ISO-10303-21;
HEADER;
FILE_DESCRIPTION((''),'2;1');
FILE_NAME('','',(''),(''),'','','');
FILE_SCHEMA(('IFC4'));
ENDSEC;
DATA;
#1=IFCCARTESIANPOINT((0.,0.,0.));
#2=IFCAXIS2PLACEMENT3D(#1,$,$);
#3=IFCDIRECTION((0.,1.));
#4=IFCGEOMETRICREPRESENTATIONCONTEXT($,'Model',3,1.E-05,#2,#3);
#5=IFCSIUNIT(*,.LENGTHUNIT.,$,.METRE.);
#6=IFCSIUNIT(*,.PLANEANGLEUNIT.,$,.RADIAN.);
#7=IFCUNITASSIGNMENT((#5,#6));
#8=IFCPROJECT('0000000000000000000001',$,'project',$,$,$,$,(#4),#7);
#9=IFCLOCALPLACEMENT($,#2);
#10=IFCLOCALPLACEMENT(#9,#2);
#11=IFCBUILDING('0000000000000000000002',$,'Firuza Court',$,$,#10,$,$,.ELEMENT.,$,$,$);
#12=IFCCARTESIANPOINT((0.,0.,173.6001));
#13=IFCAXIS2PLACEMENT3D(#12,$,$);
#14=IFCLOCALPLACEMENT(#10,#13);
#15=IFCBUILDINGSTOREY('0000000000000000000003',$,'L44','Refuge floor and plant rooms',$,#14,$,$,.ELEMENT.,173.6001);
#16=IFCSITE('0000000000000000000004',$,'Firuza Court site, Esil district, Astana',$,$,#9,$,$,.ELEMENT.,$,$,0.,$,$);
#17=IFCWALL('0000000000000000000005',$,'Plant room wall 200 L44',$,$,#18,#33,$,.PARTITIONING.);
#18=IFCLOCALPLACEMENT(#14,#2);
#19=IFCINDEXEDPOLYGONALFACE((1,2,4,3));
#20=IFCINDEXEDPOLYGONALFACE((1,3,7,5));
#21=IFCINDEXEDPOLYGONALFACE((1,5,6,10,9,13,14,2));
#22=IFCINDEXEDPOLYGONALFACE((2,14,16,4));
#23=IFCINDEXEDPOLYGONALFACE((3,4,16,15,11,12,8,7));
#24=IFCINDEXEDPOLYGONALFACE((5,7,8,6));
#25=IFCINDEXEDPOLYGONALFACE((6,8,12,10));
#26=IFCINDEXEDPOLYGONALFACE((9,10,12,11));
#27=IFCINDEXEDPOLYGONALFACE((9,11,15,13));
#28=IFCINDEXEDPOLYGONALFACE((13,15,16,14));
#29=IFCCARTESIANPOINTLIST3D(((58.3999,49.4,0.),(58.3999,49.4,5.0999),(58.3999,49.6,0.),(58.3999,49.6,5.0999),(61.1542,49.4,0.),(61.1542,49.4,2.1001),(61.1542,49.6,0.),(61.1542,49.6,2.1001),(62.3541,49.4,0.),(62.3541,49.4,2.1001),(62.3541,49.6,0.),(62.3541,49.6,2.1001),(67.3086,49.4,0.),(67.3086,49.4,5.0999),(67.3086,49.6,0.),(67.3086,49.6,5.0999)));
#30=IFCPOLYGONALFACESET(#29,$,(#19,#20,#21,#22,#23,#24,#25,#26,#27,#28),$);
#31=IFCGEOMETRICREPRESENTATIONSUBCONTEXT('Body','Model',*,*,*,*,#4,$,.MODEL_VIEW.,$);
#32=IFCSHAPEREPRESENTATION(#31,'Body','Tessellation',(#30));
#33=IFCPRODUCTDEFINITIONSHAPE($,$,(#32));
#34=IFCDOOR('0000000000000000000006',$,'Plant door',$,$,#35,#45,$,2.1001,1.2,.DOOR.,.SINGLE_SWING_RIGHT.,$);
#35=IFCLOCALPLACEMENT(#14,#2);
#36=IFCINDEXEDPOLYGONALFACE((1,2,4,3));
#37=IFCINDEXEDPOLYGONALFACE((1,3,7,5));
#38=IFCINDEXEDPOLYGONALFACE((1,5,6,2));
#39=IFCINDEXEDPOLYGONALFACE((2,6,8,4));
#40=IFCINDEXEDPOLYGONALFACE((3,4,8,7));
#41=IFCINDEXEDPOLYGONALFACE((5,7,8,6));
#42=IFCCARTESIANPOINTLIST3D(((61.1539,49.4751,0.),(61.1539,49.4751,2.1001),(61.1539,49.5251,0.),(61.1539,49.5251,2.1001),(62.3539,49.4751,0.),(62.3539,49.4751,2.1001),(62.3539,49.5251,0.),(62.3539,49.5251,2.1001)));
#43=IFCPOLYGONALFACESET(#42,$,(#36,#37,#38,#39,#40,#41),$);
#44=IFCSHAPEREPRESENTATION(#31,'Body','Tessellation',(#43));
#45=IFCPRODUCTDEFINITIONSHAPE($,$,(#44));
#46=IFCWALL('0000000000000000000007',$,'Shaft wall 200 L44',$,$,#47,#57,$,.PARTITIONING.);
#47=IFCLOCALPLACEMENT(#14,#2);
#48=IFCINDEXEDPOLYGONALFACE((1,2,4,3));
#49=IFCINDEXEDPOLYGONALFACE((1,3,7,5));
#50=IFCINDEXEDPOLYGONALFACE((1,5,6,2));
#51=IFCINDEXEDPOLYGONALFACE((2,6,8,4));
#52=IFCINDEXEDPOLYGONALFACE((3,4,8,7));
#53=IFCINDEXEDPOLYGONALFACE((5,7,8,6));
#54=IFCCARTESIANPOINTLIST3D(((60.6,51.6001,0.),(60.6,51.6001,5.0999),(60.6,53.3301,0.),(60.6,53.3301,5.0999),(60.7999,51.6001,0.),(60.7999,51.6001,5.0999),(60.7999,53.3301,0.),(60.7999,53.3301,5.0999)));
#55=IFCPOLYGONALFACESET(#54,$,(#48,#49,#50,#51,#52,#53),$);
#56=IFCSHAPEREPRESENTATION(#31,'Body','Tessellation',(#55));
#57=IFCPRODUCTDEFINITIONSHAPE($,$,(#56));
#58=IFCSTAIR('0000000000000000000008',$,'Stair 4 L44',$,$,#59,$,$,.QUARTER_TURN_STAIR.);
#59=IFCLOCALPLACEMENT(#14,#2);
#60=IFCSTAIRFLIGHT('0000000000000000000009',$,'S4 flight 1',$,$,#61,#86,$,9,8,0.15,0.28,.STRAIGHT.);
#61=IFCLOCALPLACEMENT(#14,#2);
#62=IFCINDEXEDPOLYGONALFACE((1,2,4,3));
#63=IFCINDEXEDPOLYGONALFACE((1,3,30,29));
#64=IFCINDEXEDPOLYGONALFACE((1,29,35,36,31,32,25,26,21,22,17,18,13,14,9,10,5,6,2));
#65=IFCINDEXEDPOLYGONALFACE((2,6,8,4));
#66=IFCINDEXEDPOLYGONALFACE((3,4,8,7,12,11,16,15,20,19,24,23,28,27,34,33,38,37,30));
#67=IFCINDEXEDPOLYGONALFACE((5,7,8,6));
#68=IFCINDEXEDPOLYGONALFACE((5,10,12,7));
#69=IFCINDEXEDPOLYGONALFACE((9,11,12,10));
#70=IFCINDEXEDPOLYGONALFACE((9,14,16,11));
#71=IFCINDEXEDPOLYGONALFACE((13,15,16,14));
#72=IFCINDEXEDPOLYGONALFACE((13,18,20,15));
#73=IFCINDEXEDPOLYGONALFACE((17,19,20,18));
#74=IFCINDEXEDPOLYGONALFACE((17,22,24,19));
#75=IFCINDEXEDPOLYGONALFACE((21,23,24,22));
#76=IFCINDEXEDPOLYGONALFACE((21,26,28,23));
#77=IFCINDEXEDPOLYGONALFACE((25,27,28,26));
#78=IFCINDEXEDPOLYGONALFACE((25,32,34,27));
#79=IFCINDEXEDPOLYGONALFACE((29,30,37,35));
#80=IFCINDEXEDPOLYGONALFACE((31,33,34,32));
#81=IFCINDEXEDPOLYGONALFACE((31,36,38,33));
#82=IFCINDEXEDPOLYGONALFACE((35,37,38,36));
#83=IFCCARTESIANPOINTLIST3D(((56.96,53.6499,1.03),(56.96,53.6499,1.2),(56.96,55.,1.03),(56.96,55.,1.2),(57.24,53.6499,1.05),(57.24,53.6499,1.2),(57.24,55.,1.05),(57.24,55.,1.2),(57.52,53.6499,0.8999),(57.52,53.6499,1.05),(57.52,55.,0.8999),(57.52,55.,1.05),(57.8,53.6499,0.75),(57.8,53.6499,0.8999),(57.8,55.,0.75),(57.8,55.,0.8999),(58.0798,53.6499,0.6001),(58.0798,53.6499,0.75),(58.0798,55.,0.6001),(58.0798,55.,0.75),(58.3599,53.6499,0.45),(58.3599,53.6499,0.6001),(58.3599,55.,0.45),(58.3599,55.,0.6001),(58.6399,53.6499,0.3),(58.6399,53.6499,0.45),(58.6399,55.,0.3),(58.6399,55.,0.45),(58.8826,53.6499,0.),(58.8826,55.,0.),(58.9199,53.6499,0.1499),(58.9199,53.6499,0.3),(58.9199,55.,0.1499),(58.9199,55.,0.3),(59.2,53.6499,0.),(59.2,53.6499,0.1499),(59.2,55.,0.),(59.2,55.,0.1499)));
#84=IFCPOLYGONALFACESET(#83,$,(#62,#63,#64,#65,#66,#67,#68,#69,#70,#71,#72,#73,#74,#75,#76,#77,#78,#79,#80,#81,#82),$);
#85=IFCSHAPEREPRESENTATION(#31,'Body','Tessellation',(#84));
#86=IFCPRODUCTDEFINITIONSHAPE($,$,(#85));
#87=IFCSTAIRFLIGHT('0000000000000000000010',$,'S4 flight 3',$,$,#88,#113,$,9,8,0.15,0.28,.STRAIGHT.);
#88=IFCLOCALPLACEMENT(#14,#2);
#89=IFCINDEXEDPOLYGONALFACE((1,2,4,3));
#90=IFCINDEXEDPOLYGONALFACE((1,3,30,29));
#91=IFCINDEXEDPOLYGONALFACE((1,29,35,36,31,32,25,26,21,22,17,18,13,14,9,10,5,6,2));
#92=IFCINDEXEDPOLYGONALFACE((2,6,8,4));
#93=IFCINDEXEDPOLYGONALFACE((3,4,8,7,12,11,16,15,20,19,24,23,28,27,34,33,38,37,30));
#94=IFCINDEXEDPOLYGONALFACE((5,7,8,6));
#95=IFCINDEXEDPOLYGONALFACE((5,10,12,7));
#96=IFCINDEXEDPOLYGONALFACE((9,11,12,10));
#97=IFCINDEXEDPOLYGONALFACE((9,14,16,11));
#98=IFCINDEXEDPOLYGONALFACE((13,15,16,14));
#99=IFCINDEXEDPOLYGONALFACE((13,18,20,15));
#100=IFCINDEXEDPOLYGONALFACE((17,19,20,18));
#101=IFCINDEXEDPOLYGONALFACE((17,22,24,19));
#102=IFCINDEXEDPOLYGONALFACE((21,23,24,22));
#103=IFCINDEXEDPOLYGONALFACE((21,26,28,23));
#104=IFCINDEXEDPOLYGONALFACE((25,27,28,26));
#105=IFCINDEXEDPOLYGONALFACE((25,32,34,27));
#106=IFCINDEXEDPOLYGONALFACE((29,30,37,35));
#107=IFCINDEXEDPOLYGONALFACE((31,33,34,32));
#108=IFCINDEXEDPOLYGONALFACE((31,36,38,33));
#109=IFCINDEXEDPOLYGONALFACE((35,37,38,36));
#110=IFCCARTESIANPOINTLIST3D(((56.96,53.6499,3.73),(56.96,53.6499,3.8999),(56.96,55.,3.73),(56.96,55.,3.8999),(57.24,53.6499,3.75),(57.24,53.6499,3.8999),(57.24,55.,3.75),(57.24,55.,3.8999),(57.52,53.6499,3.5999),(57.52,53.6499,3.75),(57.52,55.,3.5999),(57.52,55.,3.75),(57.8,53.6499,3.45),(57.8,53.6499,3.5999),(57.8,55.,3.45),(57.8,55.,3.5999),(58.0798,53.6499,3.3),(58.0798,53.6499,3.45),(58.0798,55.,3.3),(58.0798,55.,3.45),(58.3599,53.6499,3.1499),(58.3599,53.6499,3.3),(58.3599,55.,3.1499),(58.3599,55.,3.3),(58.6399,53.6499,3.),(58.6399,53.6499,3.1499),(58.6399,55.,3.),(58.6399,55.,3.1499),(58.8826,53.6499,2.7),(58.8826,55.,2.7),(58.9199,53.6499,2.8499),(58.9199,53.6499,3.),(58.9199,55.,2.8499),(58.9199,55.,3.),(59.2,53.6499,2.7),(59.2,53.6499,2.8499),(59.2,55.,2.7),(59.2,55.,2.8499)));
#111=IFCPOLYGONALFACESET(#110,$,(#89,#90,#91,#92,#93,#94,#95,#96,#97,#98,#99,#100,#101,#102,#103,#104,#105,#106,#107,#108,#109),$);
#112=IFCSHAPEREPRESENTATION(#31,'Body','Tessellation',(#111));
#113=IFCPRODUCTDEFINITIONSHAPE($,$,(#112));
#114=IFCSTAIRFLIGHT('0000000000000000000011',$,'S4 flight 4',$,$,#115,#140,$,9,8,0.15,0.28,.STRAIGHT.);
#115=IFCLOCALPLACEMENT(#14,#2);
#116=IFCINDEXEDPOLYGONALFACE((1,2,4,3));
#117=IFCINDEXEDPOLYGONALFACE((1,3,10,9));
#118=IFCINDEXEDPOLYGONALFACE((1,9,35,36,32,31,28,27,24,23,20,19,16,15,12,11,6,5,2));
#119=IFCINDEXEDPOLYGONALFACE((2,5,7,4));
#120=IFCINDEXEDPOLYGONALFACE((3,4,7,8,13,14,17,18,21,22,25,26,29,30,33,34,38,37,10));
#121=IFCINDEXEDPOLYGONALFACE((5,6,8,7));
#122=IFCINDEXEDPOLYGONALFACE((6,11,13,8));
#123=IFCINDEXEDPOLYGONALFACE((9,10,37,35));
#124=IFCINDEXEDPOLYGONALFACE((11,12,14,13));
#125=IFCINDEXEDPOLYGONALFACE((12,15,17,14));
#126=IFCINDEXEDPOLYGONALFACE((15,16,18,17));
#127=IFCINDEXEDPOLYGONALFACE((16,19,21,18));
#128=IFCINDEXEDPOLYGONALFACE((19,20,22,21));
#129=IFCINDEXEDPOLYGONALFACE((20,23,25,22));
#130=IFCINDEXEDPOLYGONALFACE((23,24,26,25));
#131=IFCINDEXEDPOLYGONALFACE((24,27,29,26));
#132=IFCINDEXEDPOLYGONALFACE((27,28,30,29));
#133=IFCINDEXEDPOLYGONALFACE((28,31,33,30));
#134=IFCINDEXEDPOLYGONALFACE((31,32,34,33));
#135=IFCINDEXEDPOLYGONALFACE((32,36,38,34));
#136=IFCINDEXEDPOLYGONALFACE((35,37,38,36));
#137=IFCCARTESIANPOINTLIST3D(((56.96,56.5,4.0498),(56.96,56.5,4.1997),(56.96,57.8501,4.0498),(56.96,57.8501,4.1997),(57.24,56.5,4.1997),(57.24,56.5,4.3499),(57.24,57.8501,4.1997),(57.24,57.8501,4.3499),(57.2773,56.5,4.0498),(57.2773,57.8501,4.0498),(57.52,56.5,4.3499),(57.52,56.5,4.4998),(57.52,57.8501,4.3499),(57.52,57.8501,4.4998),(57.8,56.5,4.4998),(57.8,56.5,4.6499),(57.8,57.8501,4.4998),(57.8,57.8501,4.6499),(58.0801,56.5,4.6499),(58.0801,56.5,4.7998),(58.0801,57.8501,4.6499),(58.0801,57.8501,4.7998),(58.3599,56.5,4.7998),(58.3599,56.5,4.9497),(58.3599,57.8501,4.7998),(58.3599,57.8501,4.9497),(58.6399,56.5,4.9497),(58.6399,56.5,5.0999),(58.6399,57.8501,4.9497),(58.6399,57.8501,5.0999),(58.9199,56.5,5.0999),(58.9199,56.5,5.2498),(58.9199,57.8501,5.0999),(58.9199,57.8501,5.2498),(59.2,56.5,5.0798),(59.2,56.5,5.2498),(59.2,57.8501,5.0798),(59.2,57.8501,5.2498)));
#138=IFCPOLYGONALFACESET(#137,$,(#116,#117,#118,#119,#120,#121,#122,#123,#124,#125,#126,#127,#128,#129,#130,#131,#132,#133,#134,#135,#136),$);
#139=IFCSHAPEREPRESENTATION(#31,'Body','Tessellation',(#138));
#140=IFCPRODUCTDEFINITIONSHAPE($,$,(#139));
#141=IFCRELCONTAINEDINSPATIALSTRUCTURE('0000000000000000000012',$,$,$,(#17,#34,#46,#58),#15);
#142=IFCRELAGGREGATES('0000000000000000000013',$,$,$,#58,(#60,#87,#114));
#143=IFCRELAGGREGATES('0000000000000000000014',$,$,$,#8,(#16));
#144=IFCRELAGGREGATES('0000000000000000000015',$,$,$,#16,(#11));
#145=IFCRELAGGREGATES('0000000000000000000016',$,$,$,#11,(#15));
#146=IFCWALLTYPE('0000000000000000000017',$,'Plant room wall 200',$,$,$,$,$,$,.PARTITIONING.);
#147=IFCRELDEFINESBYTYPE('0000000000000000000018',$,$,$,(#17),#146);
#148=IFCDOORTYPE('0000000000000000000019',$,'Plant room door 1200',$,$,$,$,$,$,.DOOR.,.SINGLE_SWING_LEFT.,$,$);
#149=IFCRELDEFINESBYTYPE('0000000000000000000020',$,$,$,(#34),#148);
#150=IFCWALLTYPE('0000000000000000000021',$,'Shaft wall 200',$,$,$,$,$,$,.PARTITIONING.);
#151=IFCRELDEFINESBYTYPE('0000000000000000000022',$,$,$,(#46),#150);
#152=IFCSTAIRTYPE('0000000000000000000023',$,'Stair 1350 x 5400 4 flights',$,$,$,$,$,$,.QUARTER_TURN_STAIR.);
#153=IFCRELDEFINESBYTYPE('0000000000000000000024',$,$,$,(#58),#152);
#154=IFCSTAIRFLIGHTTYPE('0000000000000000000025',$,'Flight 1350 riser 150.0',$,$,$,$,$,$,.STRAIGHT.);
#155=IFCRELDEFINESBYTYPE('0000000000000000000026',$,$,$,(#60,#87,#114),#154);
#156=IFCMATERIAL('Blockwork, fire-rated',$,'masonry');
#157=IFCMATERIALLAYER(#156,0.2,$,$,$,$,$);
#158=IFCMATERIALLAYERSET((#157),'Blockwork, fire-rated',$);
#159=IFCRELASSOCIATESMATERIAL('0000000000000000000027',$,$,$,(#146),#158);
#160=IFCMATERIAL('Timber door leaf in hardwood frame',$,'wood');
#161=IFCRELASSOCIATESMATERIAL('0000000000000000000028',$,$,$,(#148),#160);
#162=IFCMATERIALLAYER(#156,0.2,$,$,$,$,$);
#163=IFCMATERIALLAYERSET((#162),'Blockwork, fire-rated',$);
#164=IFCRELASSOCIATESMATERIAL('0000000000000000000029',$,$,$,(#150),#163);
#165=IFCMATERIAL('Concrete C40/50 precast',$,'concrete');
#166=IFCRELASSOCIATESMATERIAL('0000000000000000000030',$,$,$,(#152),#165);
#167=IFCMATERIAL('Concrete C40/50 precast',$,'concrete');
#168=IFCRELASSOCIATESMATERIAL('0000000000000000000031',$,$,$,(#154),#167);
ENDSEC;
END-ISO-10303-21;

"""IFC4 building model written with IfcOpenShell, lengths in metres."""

from ifc_helpers import new_model, si_unit, direction, frame, frame_2d, origin, place, context, subcontext, project, spatial, polyline, rectangle, outline, extrude, material, layer, layer_set, type_object, element, fill, aggregate, save


model = new_model("IFC4")

# Units and contexts
model_context = context("Model", 3, precision=1e-05, world=origin(), true_north=direction((0.0, 1.0)))
body_context = subcontext(model_context, "Body", "Model", "MODEL_VIEW")
ifc_project = project(units=[si_unit("LENGTHUNIT", "METRE"), si_unit("PLANEANGLEUNIT", "RADIAN")], contexts=[model_context])

# Site, building, storey
site_placement = place(None, origin())
site = spatial("IfcSite", under=ifc_project, at=site_placement, Name="Firuza Court site, Esil district, Astana", CompositionType="ELEMENT", RefElevation=0.0)
building_placement = place(site_placement, origin())
building = spatial("IfcBuilding", under=site, at=building_placement, Name="Firuza Court", CompositionType="ELEMENT")
storey_placement = place(building_placement, frame((0.0, 0.0, 173.6001)))
storey = spatial("IfcBuildingStorey", under=building, at=storey_placement, Name="L44", Description="Refuge floor and plant rooms", CompositionType="ELEMENT", Elevation=173.6001)

# Wall, opening, door
ifc_material_1 = material(Name="Blockwork, fire-rated", Category="masonry")
ifc_layer_1 = layer(ifc_material_1, 0.2)
ifc_layer_set_1 = layer_set([ifc_layer_1], Name="Blockwork, fire-rated")
wall_type_1 = type_object("IfcWallType", Name="Plant room wall 200", PredefinedType="PARTITIONING", material=ifc_layer_set_1)
wall_1_placement = place(storey_placement, frame((58.3999, 49.5, 0.0), z_axis=(0.0, 0.0, 1.0), x_axis=(1.0, 0.0, 0.0)))
wall_1 = element("IfcWall", 1, at=wall_1_placement, inside=storey, type_object=wall_type_1, Name="Plant room wall 200 L44", PredefinedType="PARTITIONING", context=body_context, shape_type="SweptSolid", body=[
    extrude(rectangle(XDim=8.9087, YDim=0.2, at=frame_2d((4.4543, 0.0))), origin(), (0.0, 0.0, 1.0), 5.0999),
])
opening_placement = place(wall_1_placement, frame((2.7542, 0.0, 0.0)))
opening = element("IfcOpeningElement", 2, at=opening_placement, cuts=wall_1, PredefinedType="OPENING", context=body_context, shape_type="SweptSolid", body=[
    extrude(rectangle(XDim=1.2, YDim=2.1001, at=frame_2d((0.6001, 1.05))), frame((0.0, 0.1118, 0.0), z_axis=(0.0, -1.0, 0.0), x_axis=(1.0, 0.0, 0.0)), (0.0, 0.0, 1.0), 0.2239),
])
ifc_material_2 = material(Name="Timber door leaf in hardwood frame", Category="wood")
door_type = type_object("IfcDoorType", Name="Plant room door 1200", OperationType="SINGLE_SWING_LEFT", PredefinedType="DOOR", material=ifc_material_2)
door_placement = place(opening_placement, frame((1.2, 0.0, 0.0), z_axis=(0.0, 0.0, 1.0), x_axis=(-1.0, 0.0, 0.0)))
door = element("IfcDoor", 3, at=door_placement, inside=storey, type_object=door_type, Name="Plant door", OperationType="SINGLE_SWING_RIGHT", OverallHeight=2.1001, OverallWidth=1.2, PredefinedType="DOOR", context=body_context, shape_type="SweptSolid", body=[
    extrude(rectangle(XDim=1.2, YDim=2.1001, at=frame_2d((0.6001, 1.05))), frame((0.0, 0.0249, 0.0), z_axis=(0.0, -1.0, 0.0), x_axis=(1.0, 0.0, 0.0)), (0.0, 0.0, 1.0), 0.05),
])
fill(opening, door)

# Wall
ifc_layer_2 = layer(ifc_material_1, 0.2)
ifc_layer_set_2 = layer_set([ifc_layer_2], Name="Blockwork, fire-rated")
wall_type_2 = type_object("IfcWallType", Name="Shaft wall 200", PredefinedType="PARTITIONING", material=ifc_layer_set_2)
wall_2_placement = place(storey_placement, frame((60.7, 51.6001, 0.0), z_axis=(0.0, 0.0, 1.0), x_axis=(0.0, 1.0, 0.0)))
element("IfcWall", 4, at=wall_2_placement, inside=storey, type_object=wall_type_2, Name="Shaft wall 200 L44", PredefinedType="PARTITIONING", context=body_context, shape_type="SweptSolid", body=[
    extrude(rectangle(XDim=1.73, YDim=0.2, at=frame_2d((0.865, 0.0))), origin(), (0.0, 0.0, 1.0), 5.0999),
])

# Stair, stair flights
ifc_material_3 = material(Name="Concrete C40/50 precast", Category="concrete")
stair_type = type_object("IfcStairType", Name="Stair 1350 x 5400 4 flights", PredefinedType="QUARTER_TURN_STAIR", material=ifc_material_3)
stair_placement = place(storey_placement, origin())
stair = element("IfcStair", 5, at=stair_placement, inside=storey, type_object=stair_type, Name="Stair 4 L44", PredefinedType="QUARTER_TURN_STAIR")
ifc_material_4 = material(Name="Concrete C40/50 precast", Category="concrete")
stair_flight_type = type_object("IfcStairFlightType", Name="Flight 1350 riser 150.0", PredefinedType="STRAIGHT", material=ifc_material_4)
stair_flight_1_placement = place(storey_placement, frame((59.2, 54.325, 0.0), z_axis=(0.0, 0.0, 1.0), x_axis=(-1.0, 0.0, 0.0)))
stair_flight_1 = element("IfcStairFlight", 6, at=stair_flight_1_placement, type_object=stair_flight_type, Name="S4 flight 1", NumberOfRisers=9, NumberOfTreads=8, PredefinedType="STRAIGHT", RiserHeight=0.15, TreadLength=0.28, context=body_context, shape_type="SweptSolid", body=[
    extrude(outline(polyline([(0.0, 0.0), (0.0, 0.1499), (0.28, 0.1499), (0.28, 0.3), (0.5601, 0.3), (0.5601, 0.45), (0.8401, 0.45), (0.8401, 0.6001), (1.1201, 0.6001), (1.1201, 0.75), (1.3999, 0.75), (1.3999, 0.8999), (1.6799, 0.8999), (1.6799, 1.05), (1.96, 1.05), (1.96, 1.2), (2.24, 1.2), (2.24, 1.3501), (2.24, 1.03), (0.3174, 0.0), (0.0, 0.0)])), frame((0.0, 0.675, 0.0), z_axis=(0.0, -1.0, 0.0), x_axis=(1.0, 0.0, 0.0)), (0.0, 0.0, 1.0), 1.3501),
])
stair_flight_2_placement = place(storey_placement, frame((59.2, 54.325, 2.7), z_axis=(0.0, 0.0, 1.0), x_axis=(-1.0, 0.0, 0.0)))
stair_flight_2 = element("IfcStairFlight", 7, at=stair_flight_2_placement, type_object=stair_flight_type, Name="S4 flight 3", NumberOfRisers=9, NumberOfTreads=8, PredefinedType="STRAIGHT", RiserHeight=0.15, TreadLength=0.28, context=body_context, shape_type="SweptSolid", body=[
    extrude(outline(polyline([(0.0, 0.0), (0.0, 0.1499), (0.28, 0.1499), (0.28, 0.3), (0.5601, 0.3), (0.5601, 0.45), (0.8401, 0.45), (0.8401, 0.6001), (1.1201, 0.6001), (1.1201, 0.75), (1.3999, 0.75), (1.3999, 0.8999), (1.6799, 0.8999), (1.6799, 1.05), (1.96, 1.05), (1.96, 1.2), (2.24, 1.2), (2.24, 1.3501), (2.24, 1.03), (0.3174, 0.0), (0.0, 0.0)])), frame((0.0, 0.675, 0.0), z_axis=(0.0, -1.0, 0.0), x_axis=(1.0, 0.0, 0.0)), (0.0, 0.0, 1.0), 1.3501),
])
stair_flight_3_placement = place(storey_placement, frame((56.96, 57.175, 4.0498), z_axis=(0.0, 0.0, 1.0), x_axis=(1.0, 0.0, 0.0)))
stair_flight_3 = element("IfcStairFlight", 8, at=stair_flight_3_placement, type_object=stair_flight_type, Name="S4 flight 4", NumberOfRisers=9, NumberOfTreads=8, PredefinedType="STRAIGHT", RiserHeight=0.15, TreadLength=0.28, context=body_context, shape_type="SweptSolid", body=[
    extrude(outline(polyline([(0.0, 0.0), (0.0, 0.1499), (0.28, 0.1499), (0.28, 0.3), (0.5601, 0.3), (0.5601, 0.45), (0.8401, 0.45), (0.8401, 0.6001), (1.1201, 0.6001), (1.1201, 0.75), (1.3999, 0.75), (1.3999, 0.8999), (1.6799, 0.8999), (1.6799, 1.05), (1.96, 1.05), (1.96, 1.2), (2.24, 1.2), (2.24, 1.3501), (2.24, 1.03), (0.3174, 0.0), (0.0, 0.0)])), frame((0.0, 0.675, 0.0), z_axis=(0.0, -1.0, 0.0), x_axis=(1.0, 0.0, 0.0)), (0.0, 0.0, 1.0), 1.3501),
])
aggregate(stair, [stair_flight_1, stair_flight_2, stair_flight_3])

save(model, "model.ifc")
